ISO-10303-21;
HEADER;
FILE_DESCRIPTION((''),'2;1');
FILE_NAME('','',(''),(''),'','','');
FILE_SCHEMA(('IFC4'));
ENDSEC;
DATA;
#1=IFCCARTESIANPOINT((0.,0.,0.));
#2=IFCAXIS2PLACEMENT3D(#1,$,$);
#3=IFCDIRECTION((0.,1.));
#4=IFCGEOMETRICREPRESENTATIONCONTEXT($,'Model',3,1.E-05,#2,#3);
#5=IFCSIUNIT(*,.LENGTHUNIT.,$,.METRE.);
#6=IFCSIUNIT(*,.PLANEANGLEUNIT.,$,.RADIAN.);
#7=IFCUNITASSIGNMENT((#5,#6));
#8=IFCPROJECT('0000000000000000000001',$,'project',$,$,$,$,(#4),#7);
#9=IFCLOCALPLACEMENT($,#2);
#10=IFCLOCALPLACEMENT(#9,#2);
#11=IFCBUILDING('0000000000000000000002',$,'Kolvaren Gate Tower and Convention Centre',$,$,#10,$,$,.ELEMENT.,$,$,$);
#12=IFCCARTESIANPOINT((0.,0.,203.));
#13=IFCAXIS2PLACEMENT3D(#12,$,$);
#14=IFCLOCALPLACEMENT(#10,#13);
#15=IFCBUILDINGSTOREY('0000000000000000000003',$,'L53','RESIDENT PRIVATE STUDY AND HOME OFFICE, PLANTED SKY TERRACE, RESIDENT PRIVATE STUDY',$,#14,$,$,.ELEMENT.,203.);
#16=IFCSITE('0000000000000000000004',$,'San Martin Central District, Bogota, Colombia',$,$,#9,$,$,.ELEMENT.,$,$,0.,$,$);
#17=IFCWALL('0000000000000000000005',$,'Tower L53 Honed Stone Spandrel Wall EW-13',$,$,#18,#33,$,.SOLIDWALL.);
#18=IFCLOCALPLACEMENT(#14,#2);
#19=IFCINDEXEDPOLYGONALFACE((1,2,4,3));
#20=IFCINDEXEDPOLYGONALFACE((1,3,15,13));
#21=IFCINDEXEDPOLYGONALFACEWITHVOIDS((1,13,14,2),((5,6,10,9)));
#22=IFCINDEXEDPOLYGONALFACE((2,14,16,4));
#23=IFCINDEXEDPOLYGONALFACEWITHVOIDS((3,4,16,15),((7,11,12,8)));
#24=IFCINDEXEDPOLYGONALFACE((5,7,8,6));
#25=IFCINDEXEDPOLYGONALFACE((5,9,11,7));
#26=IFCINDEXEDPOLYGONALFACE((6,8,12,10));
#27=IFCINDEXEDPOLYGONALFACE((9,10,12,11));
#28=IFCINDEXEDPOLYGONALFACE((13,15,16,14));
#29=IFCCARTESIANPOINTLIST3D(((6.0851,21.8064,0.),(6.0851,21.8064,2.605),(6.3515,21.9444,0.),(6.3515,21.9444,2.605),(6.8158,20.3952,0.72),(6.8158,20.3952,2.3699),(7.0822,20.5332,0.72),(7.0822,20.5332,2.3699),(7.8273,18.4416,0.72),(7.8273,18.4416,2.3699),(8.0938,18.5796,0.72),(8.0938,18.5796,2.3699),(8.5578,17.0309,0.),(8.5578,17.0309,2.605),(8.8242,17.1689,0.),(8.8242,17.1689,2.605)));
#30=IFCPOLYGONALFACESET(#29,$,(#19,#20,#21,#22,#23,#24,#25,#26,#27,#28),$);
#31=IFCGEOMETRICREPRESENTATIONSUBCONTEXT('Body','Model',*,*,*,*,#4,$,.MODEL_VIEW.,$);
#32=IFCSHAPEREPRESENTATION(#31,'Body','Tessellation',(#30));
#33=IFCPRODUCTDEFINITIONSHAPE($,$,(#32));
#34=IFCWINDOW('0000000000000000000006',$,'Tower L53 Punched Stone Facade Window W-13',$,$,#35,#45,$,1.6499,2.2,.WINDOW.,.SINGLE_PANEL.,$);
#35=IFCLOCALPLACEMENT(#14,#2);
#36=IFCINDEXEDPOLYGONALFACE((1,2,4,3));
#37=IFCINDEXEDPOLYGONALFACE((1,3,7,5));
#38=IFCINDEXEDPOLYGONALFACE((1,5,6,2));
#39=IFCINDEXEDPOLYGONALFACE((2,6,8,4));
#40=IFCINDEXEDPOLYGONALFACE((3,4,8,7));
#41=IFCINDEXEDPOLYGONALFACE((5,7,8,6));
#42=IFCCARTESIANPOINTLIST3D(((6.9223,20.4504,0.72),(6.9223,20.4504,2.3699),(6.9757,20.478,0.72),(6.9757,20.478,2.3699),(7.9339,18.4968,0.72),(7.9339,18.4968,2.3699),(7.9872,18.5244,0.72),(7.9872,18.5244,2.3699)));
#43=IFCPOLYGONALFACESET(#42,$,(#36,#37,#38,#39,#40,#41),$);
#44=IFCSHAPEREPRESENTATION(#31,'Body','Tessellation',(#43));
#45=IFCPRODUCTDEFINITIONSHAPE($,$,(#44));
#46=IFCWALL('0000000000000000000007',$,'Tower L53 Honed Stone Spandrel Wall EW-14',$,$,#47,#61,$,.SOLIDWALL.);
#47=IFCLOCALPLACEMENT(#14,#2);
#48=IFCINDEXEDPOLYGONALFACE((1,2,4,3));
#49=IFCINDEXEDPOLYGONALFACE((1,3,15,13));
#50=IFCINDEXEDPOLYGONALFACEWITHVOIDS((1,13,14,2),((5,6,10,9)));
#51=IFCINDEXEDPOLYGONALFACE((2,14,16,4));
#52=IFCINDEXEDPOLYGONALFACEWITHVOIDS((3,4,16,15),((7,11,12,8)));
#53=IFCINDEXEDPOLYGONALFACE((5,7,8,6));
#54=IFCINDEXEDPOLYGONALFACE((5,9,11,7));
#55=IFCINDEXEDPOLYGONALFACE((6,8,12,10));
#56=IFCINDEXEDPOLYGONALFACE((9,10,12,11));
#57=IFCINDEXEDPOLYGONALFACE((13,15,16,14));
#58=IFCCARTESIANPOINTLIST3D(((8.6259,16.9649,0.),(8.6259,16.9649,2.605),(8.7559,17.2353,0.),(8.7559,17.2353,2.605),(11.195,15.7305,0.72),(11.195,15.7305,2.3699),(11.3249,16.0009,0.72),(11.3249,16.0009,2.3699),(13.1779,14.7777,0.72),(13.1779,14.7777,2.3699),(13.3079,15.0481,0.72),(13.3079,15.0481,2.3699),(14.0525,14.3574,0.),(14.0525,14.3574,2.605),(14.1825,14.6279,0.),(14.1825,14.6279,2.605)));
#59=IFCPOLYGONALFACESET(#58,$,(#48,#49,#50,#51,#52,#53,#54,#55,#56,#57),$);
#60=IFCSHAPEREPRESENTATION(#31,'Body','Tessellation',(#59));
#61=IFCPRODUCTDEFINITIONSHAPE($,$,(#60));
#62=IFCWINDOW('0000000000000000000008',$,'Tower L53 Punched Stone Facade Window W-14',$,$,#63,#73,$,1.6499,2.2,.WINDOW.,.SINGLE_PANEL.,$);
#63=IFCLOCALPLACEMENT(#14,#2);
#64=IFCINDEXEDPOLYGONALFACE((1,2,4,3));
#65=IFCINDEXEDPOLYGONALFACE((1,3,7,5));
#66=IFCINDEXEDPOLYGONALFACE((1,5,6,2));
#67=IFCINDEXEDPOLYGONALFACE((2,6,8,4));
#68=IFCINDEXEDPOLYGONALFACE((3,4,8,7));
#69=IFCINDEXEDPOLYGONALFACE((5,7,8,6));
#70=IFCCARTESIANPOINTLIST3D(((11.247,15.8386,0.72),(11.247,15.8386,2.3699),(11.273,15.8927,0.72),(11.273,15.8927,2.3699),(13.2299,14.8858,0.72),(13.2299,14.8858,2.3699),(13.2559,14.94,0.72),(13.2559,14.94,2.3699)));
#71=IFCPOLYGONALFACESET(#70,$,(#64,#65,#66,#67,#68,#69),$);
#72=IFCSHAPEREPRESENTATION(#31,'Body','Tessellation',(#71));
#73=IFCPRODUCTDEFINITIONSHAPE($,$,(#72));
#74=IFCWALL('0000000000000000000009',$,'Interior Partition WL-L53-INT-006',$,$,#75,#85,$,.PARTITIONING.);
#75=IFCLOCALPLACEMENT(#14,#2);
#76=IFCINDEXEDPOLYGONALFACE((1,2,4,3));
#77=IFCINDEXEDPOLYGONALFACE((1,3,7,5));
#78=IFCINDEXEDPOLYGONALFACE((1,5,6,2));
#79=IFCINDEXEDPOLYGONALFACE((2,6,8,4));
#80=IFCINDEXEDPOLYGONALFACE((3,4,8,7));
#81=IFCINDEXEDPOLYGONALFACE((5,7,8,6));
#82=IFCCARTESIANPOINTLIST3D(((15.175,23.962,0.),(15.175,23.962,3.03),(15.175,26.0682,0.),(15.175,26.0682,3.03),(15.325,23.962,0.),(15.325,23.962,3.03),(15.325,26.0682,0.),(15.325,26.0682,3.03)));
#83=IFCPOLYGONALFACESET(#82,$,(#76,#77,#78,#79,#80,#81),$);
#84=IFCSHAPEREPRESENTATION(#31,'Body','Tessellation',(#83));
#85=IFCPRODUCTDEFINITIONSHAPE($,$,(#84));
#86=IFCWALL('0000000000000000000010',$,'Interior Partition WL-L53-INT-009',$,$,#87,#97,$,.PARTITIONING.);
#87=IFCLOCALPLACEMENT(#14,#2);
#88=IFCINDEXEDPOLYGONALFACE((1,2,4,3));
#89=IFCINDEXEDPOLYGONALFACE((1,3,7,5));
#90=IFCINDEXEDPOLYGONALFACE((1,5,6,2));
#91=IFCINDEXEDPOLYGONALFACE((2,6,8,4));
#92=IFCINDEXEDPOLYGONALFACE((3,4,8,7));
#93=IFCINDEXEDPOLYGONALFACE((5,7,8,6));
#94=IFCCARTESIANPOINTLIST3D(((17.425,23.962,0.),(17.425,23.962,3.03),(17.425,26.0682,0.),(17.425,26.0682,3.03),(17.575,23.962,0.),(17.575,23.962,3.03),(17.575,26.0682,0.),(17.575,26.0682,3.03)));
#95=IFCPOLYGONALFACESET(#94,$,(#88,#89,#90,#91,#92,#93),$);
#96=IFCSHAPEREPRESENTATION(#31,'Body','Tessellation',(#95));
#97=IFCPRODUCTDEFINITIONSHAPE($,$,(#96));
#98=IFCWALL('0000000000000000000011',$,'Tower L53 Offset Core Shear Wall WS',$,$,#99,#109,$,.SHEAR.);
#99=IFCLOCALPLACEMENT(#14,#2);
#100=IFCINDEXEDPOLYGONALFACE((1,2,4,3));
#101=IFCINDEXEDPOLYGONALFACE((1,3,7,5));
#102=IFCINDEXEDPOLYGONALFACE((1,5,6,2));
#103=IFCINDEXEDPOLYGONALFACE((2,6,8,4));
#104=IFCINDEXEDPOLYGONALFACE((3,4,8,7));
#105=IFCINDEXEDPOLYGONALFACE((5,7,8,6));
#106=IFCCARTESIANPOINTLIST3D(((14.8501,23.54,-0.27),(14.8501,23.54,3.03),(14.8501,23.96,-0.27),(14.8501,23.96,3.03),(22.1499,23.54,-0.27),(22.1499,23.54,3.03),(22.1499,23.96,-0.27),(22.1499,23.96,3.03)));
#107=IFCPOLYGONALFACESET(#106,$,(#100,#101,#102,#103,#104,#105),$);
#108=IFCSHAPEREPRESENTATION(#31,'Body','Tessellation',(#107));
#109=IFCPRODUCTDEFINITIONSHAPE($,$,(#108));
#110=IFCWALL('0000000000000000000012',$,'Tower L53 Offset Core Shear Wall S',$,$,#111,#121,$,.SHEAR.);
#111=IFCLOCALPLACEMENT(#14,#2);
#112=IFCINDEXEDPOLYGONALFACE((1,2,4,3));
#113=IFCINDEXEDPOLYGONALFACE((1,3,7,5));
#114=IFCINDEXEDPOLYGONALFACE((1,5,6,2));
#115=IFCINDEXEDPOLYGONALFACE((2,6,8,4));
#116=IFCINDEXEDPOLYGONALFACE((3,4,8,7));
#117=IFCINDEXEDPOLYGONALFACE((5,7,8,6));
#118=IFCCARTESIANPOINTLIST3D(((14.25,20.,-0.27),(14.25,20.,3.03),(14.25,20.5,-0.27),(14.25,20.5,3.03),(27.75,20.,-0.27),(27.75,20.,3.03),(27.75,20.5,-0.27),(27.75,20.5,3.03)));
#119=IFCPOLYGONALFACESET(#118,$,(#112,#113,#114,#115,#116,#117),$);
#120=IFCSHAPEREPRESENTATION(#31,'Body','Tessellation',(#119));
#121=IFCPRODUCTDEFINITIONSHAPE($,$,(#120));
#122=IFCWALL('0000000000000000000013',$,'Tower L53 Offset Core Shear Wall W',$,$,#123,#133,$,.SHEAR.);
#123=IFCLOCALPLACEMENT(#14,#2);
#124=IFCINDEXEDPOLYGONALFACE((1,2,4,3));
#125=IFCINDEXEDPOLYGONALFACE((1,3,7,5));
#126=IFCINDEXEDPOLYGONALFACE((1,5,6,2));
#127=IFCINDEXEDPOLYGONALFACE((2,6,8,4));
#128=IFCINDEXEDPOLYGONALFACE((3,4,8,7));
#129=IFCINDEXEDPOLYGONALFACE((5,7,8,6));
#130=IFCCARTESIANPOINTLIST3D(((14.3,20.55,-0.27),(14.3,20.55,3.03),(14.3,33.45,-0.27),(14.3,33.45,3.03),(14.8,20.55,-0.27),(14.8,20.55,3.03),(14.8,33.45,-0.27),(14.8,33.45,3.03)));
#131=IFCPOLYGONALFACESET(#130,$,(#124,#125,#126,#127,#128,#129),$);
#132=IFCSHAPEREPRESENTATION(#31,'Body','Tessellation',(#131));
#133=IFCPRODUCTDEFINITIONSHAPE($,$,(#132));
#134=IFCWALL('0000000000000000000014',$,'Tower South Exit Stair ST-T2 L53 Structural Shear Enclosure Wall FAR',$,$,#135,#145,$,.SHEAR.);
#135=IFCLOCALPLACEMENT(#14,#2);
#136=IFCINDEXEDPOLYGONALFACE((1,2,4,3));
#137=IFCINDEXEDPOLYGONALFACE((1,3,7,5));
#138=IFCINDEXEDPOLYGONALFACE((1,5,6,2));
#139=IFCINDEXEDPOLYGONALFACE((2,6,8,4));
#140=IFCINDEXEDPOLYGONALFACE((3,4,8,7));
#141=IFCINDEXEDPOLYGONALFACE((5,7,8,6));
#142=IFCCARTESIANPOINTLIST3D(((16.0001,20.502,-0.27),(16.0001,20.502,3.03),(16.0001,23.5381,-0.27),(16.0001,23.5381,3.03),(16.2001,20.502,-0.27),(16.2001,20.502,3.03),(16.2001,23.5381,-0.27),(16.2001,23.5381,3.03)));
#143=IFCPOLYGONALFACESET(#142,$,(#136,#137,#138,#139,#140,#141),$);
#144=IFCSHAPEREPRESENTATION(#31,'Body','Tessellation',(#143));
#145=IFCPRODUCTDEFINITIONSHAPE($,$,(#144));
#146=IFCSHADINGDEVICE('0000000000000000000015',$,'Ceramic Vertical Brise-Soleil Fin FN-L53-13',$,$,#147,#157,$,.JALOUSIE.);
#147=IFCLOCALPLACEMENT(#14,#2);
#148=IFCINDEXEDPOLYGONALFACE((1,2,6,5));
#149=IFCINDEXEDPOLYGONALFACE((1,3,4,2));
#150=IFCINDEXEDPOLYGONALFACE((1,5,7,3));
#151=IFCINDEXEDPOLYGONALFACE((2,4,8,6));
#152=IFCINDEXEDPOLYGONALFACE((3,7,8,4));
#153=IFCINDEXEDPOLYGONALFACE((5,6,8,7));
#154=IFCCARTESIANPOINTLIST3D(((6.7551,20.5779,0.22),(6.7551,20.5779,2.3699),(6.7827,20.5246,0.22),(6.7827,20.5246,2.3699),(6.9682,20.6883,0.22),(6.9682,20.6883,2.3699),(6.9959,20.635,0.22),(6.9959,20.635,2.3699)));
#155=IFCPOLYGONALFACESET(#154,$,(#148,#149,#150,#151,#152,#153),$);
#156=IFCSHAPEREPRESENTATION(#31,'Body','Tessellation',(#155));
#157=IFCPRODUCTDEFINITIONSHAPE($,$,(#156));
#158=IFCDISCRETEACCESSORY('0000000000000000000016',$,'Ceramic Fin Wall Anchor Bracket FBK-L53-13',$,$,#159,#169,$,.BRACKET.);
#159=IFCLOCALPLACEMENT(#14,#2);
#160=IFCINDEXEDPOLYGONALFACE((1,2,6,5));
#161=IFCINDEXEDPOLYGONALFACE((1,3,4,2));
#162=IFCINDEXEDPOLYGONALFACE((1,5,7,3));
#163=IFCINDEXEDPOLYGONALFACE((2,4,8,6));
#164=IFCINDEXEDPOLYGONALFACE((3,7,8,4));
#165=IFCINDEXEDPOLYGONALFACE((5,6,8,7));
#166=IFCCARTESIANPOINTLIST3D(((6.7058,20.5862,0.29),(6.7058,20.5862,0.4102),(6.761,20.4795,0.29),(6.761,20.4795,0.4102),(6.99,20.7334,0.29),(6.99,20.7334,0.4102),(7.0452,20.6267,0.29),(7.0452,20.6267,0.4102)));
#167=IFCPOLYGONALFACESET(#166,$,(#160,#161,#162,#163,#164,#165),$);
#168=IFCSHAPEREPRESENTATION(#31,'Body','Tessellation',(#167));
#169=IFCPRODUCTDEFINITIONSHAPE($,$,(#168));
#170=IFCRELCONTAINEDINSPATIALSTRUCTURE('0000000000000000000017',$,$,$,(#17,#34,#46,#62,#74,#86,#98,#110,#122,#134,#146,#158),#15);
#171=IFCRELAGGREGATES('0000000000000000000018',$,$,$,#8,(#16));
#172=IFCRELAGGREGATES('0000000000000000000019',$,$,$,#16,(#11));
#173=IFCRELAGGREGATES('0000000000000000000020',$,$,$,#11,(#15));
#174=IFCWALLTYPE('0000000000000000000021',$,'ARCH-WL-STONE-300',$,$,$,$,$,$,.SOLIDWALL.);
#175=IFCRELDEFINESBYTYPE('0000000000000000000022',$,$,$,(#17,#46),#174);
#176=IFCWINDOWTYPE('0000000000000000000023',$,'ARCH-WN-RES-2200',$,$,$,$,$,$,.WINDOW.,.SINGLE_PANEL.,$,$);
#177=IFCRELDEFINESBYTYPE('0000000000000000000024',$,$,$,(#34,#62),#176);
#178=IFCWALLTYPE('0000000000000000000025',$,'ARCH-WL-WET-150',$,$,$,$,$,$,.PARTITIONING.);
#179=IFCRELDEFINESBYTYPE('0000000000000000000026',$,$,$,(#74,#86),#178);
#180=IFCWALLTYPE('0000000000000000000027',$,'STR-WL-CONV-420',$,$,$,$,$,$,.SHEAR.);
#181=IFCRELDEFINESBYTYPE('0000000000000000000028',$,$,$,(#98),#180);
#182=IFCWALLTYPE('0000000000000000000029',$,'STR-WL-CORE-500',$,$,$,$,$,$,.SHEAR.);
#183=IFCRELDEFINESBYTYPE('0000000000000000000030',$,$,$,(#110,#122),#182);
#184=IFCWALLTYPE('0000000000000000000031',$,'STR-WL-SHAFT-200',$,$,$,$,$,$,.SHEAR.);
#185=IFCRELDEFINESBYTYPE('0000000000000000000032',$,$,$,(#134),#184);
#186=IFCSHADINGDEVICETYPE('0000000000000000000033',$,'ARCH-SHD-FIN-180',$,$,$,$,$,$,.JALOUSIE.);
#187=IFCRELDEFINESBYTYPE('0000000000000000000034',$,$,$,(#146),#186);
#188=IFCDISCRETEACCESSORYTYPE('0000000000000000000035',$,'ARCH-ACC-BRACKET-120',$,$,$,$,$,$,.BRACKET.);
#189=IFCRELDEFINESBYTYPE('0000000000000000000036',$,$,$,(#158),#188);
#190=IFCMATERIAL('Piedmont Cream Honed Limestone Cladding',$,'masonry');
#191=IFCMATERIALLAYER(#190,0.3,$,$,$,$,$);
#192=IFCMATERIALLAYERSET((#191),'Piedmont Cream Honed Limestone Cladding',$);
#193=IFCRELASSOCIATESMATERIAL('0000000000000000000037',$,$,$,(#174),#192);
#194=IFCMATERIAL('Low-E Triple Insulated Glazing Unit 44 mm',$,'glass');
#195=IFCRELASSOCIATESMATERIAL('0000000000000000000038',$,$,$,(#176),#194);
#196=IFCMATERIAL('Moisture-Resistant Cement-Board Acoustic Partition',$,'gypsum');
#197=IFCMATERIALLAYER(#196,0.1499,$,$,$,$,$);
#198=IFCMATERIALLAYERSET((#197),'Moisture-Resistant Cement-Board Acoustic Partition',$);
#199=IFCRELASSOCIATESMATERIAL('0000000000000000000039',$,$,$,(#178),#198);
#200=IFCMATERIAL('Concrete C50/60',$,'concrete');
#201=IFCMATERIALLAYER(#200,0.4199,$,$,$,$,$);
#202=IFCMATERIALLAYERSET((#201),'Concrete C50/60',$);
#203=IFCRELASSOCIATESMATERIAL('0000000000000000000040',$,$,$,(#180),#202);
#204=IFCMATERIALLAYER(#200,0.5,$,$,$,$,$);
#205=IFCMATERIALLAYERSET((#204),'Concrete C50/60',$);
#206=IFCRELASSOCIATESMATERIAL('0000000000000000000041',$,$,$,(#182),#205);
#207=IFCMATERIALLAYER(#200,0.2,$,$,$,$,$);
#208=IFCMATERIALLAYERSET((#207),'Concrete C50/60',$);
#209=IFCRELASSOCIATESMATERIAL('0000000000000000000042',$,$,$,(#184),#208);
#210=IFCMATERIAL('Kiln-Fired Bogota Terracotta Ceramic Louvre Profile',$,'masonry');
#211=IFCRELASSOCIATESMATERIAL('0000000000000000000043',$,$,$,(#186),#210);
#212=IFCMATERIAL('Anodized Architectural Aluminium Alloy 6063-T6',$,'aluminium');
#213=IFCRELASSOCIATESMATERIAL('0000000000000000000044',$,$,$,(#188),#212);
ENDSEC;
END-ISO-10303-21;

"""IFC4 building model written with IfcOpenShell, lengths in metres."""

from ifc_helpers import new_model, si_unit, direction, frame, frame_2d, origin, origin_2d, place, context, subcontext, project, spatial, rectangle, extrude, material, layer, layer_set, type_object, element, fill, save


model = new_model("IFC4")

# Units and contexts
model_context = context("Model", 3, precision=1e-05, world=origin(), true_north=direction((0.0, 1.0)))
body_context = subcontext(model_context, "Body", "Model", "MODEL_VIEW")
ifc_project = project(units=[si_unit("LENGTHUNIT", "METRE"), si_unit("PLANEANGLEUNIT", "RADIAN")], contexts=[model_context])

# Site, building, storey
site_placement = place(None, origin())
site = spatial("IfcSite", under=ifc_project, at=site_placement, Name="San Martin Central District, Bogota, Colombia", CompositionType="ELEMENT", RefElevation=0.0)
building_placement = place(site_placement, origin())
building = spatial("IfcBuilding", under=site, at=building_placement, Name="Kolvaren Gate Tower and Convention Centre", CompositionType="ELEMENT")
storey_placement = place(building_placement, frame((0.0, 0.0, 203.0)))
storey = spatial("IfcBuildingStorey", under=building, at=storey_placement, Name="L53", Description="RESIDENT PRIVATE STUDY AND HOME OFFICE, PLANTED SKY TERRACE, RESIDENT PRIVATE STUDY", CompositionType="ELEMENT", Elevation=203.0)

# Walls, openings, windows
ifc_material_1 = material(Name="Piedmont Cream Honed Limestone Cladding", Category="masonry")
ifc_layer_1 = layer(ifc_material_1, 0.3)
ifc_layer_set_1 = layer_set([ifc_layer_1], Name="Piedmont Cream Honed Limestone Cladding")
wall_type_1 = type_object("IfcWallType", Name="ARCH-WL-STONE-300", PredefinedType="SOLIDWALL", material=ifc_layer_set_1)
wall_1_placement = place(storey_placement, frame((6.2183, 21.8755, 0.0), z_axis=(0.0, 0.0, 1.0), x_axis=(0.459808, -0.888018, 0.0)))
wall_1 = element("IfcWall", 1, at=wall_1_placement, inside=storey, type_object=wall_type_1, Name="Tower L53 Honed Stone Spandrel Wall EW-13", PredefinedType="SOLIDWALL", context=body_context, shape_type="SweptSolid", body=[
    extrude(rectangle(XDim=5.3777, YDim=0.3, at=frame_2d((2.689, 0.0))), origin(), (0.0, 0.0, 1.0), 2.605),
])
opening_1_placement = place(wall_1_placement, frame((1.5891, 0.0, 0.72)))
opening_1 = element("IfcOpeningElement", 2, at=opening_1_placement, cuts=wall_1, PredefinedType="OPENING", context=body_context, shape_type="SweptSolid", body=[
    extrude(rectangle(XDim=2.2, YDim=1.6499, at=frame_2d((1.1001, 0.825))), frame((0.0, 0.1599, 0.0), z_axis=(0.0, -1.0, 0.0), x_axis=(1.0, 0.0, 0.0)), (0.0, 0.0, 1.0), 0.3201),
])
ifc_material_2 = material(Name="Low-E Triple Insulated Glazing Unit 44 mm", Category="glass")
window_type = type_object("IfcWindowType", Name="ARCH-WN-RES-2200", PartitioningType="SINGLE_PANEL", PredefinedType="WINDOW", material=ifc_material_2)
window_1_placement = place(opening_1_placement, origin())
window_1 = element("IfcWindow", 3, at=window_1_placement, inside=storey, type_object=window_type, Name="Tower L53 Punched Stone Facade Window W-13", OverallHeight=1.6499, OverallWidth=2.2, PartitioningType="SINGLE_PANEL", PredefinedType="WINDOW", context=body_context, shape_type="SweptSolid", body=[
    extrude(rectangle(XDim=2.2, YDim=1.6499, at=frame_2d((1.1001, 0.825))), frame((0.0, 0.03, 0.0), z_axis=(0.0, -1.0, 0.0), x_axis=(1.0, 0.0, 0.0)), (0.0, 0.0, 1.0), 0.0601),
])
fill(opening_1, window_1)
wall_2_placement = place(storey_placement, frame((8.6909, 17.1001, 0.0), z_axis=(0.0, 0.0, 1.0), x_axis=(0.901348, -0.433095, 0.0)))
wall_2 = element("IfcWall", 4, at=wall_2_placement, inside=storey, type_object=wall_type_1, Name="Tower L53 Honed Stone Spandrel Wall EW-14", PredefinedType="SOLIDWALL", context=body_context, shape_type="SweptSolid", body=[
    extrude(rectangle(XDim=6.0205, YDim=0.3, at=frame_2d((3.0103, 0.0))), origin(), (0.0, 0.0, 1.0), 2.605),
])
opening_2_placement = place(wall_2_placement, frame((2.8501, 0.0, 0.72)))
opening_2 = element("IfcOpeningElement", 5, at=opening_2_placement, cuts=wall_2, PredefinedType="OPENING", context=body_context, shape_type="SweptSolid", body=[
    extrude(rectangle(XDim=2.2, YDim=1.6499, at=frame_2d((1.1001, 0.825))), frame((0.0, 0.1599, 0.0), z_axis=(0.0, -1.0, 0.0), x_axis=(1.0, 0.0, 0.0)), (0.0, 0.0, 1.0), 0.3201),
])
window_2_placement = place(opening_2_placement, origin())
window_2 = element("IfcWindow", 6, at=window_2_placement, inside=storey, type_object=window_type, Name="Tower L53 Punched Stone Facade Window W-14", OverallHeight=1.6499, OverallWidth=2.2, PartitioningType="SINGLE_PANEL", PredefinedType="WINDOW", context=body_context, shape_type="SweptSolid", body=[
    extrude(rectangle(XDim=2.2, YDim=1.6499, at=frame_2d((1.1001, 0.825))), frame((0.0, 0.03, 0.0), z_axis=(0.0, -1.0, 0.0), x_axis=(1.0, 0.0, 0.0)), (0.0, 0.0, 1.0), 0.0601),
])
fill(opening_2, window_2)

# Walls
ifc_material_3 = material(Name="Moisture-Resistant Cement-Board Acoustic Partition", Category="gypsum")
ifc_layer_2 = layer(ifc_material_3, 0.1499)
ifc_layer_set_2 = layer_set([ifc_layer_2], Name="Moisture-Resistant Cement-Board Acoustic Partition")
wall_type_2 = type_object("IfcWallType", Name="ARCH-WL-WET-150", PredefinedType="PARTITIONING", material=ifc_layer_set_2)
for number, where, z_axis, x_axis, name in (
    (7, (15.25, 23.9619, 0.0), (0.0, 0.0, 1.0), (0.0, 1.0, 0.0), "Interior Partition WL-L53-INT-006"),
    (8, (17.5, 23.9619, 0.0), (0.0, 0.0, 1.0), (0.0, 1.0, 0.0), "Interior Partition WL-L53-INT-009"),
):
    element("IfcWall", number, at=place(storey_placement, frame(where, z_axis=z_axis, x_axis=x_axis)), inside=storey, type_object=wall_type_2, Name=name, PredefinedType="PARTITIONING", context=body_context, shape_type="SweptSolid", body=[
        extrude(rectangle(XDim=2.1062, YDim=0.1499, at=frame_2d((1.0532, 0.0))), origin(), (0.0, 0.0, 1.0), 3.03),
    ])
ifc_material_4 = material(Name="Concrete C50/60", Category="concrete")
ifc_layer_3 = layer(ifc_material_4, 0.4199)
ifc_layer_set_3 = layer_set([ifc_layer_3], Name="Concrete C50/60")
wall_type_3 = type_object("IfcWallType", Name="STR-WL-CONV-420", PredefinedType="SHEAR", material=ifc_layer_set_3)
wall_3_placement = place(storey_placement, frame((14.8501, 23.75, -0.27), z_axis=(0.0, 0.0, 1.0), x_axis=(1.0, 0.0, 0.0)))
element("IfcWall", 9, at=wall_3_placement, inside=storey, type_object=wall_type_3, Name="Tower L53 Offset Core Shear Wall WS", PredefinedType="SHEAR", context=body_context, shape_type="SweptSolid", body=[
    extrude(rectangle(XDim=7.2998, YDim=0.4199, at=frame_2d((3.6499, 0.0))), origin(), (0.0, 0.0, 1.0), 3.3),
])
ifc_layer_4 = layer(ifc_material_4, 0.5)
ifc_layer_set_4 = layer_set([ifc_layer_4], Name="Concrete C50/60")
wall_type_4 = type_object("IfcWallType", Name="STR-WL-CORE-500", PredefinedType="SHEAR", material=ifc_layer_set_4)
wall_4_placement = place(storey_placement, frame((14.25, 20.25, -0.27), z_axis=(0.0, 0.0, 1.0), x_axis=(1.0, 0.0, 0.0)))
element("IfcWall", 10, at=wall_4_placement, inside=storey, type_object=wall_type_4, Name="Tower L53 Offset Core Shear Wall S", PredefinedType="SHEAR", context=body_context, shape_type="SweptSolid", body=[
    extrude(rectangle(XDim=13.5, YDim=0.5, at=frame_2d((6.75, 0.0))), origin(), (0.0, 0.0, 1.0), 3.3),
])
wall_5_placement = place(storey_placement, frame((14.55, 20.55, -0.27), z_axis=(0.0, 0.0, 1.0), x_axis=(0.0, 1.0, 0.0)))
element("IfcWall", 11, at=wall_5_placement, inside=storey, type_object=wall_type_4, Name="Tower L53 Offset Core Shear Wall W", PredefinedType="SHEAR", context=body_context, shape_type="SweptSolid", body=[
    extrude(rectangle(XDim=12.8999, YDim=0.5, at=frame_2d((6.45, 0.0))), origin(), (0.0, 0.0, 1.0), 3.3),
])
ifc_layer_5 = layer(ifc_material_4, 0.2)
ifc_layer_set_5 = layer_set([ifc_layer_5], Name="Concrete C50/60")
wall_type_5 = type_object("IfcWallType", Name="STR-WL-SHAFT-200", PredefinedType="SHEAR", material=ifc_layer_set_5)
wall_6_placement = place(storey_placement, frame((16.1001, 20.502, -0.27), z_axis=(0.0, 0.0, 1.0), x_axis=(0.0, 1.0, 0.0)))
element("IfcWall", 12, at=wall_6_placement, inside=storey, type_object=wall_type_5, Name="Tower South Exit Stair ST-T2 L53 Structural Shear Enclosure Wall FAR", PredefinedType="SHEAR", context=body_context, shape_type="SweptSolid", body=[
    extrude(rectangle(XDim=3.0361, YDim=0.2, at=frame_2d((1.5181, 0.0))), origin(), (0.0, 0.0, 1.0), 3.3),
])

# Shading device
ifc_material_5 = material(Name="Kiln-Fired Bogota Terracotta Ceramic Louvre Profile", Category="masonry")
shading_device_type = type_object("IfcShadingDeviceType", Name="ARCH-SHD-FIN-180", PredefinedType="JALOUSIE", material=ifc_material_5)
shading_device_placement = place(storey_placement, frame((6.8755, 20.6064, 0.22), z_axis=(0.0, 0.0, 1.0), x_axis=(0.4598, -0.888023, 0.0)))
element("IfcShadingDevice", 13, at=shading_device_placement, inside=storey, type_object=shading_device_type, Name="Ceramic Vertical Brise-Soleil Fin FN-L53-13", PredefinedType="JALOUSIE", context=body_context, shape_type="SweptSolid", body=[
    extrude(rectangle(XDim=0.0601, YDim=0.24, at=origin_2d()), origin(), (0.0, 0.0, 1.0), 2.1499),
])

# Discrete accessory
ifc_material_6 = material(Name="Anodized Architectural Aluminium Alloy 6063-T6", Category="aluminium")
discrete_accessory_type = type_object("IfcDiscreteAccessoryType", Name="ARCH-ACC-BRACKET-120", PredefinedType="BRACKET", material=ifc_material_6)
discrete_accessory_placement = place(storey_placement, frame((6.8755, 20.6064, 0.29), z_axis=(0.0, 0.0, 1.0), x_axis=(0.4598, -0.888023, 0.0)))
element("IfcDiscreteAccessory", 14, at=discrete_accessory_placement, inside=storey, type_object=discrete_accessory_type, Name="Ceramic Fin Wall Anchor Bracket FBK-L53-13", PredefinedType="BRACKET", context=body_context, shape_type="SweptSolid", body=[
    extrude(rectangle(XDim=0.1201, YDim=0.3201, at=origin_2d()), origin(), (0.0, 0.0, 1.0), 0.1201),
])

save(model, "model.ifc")
